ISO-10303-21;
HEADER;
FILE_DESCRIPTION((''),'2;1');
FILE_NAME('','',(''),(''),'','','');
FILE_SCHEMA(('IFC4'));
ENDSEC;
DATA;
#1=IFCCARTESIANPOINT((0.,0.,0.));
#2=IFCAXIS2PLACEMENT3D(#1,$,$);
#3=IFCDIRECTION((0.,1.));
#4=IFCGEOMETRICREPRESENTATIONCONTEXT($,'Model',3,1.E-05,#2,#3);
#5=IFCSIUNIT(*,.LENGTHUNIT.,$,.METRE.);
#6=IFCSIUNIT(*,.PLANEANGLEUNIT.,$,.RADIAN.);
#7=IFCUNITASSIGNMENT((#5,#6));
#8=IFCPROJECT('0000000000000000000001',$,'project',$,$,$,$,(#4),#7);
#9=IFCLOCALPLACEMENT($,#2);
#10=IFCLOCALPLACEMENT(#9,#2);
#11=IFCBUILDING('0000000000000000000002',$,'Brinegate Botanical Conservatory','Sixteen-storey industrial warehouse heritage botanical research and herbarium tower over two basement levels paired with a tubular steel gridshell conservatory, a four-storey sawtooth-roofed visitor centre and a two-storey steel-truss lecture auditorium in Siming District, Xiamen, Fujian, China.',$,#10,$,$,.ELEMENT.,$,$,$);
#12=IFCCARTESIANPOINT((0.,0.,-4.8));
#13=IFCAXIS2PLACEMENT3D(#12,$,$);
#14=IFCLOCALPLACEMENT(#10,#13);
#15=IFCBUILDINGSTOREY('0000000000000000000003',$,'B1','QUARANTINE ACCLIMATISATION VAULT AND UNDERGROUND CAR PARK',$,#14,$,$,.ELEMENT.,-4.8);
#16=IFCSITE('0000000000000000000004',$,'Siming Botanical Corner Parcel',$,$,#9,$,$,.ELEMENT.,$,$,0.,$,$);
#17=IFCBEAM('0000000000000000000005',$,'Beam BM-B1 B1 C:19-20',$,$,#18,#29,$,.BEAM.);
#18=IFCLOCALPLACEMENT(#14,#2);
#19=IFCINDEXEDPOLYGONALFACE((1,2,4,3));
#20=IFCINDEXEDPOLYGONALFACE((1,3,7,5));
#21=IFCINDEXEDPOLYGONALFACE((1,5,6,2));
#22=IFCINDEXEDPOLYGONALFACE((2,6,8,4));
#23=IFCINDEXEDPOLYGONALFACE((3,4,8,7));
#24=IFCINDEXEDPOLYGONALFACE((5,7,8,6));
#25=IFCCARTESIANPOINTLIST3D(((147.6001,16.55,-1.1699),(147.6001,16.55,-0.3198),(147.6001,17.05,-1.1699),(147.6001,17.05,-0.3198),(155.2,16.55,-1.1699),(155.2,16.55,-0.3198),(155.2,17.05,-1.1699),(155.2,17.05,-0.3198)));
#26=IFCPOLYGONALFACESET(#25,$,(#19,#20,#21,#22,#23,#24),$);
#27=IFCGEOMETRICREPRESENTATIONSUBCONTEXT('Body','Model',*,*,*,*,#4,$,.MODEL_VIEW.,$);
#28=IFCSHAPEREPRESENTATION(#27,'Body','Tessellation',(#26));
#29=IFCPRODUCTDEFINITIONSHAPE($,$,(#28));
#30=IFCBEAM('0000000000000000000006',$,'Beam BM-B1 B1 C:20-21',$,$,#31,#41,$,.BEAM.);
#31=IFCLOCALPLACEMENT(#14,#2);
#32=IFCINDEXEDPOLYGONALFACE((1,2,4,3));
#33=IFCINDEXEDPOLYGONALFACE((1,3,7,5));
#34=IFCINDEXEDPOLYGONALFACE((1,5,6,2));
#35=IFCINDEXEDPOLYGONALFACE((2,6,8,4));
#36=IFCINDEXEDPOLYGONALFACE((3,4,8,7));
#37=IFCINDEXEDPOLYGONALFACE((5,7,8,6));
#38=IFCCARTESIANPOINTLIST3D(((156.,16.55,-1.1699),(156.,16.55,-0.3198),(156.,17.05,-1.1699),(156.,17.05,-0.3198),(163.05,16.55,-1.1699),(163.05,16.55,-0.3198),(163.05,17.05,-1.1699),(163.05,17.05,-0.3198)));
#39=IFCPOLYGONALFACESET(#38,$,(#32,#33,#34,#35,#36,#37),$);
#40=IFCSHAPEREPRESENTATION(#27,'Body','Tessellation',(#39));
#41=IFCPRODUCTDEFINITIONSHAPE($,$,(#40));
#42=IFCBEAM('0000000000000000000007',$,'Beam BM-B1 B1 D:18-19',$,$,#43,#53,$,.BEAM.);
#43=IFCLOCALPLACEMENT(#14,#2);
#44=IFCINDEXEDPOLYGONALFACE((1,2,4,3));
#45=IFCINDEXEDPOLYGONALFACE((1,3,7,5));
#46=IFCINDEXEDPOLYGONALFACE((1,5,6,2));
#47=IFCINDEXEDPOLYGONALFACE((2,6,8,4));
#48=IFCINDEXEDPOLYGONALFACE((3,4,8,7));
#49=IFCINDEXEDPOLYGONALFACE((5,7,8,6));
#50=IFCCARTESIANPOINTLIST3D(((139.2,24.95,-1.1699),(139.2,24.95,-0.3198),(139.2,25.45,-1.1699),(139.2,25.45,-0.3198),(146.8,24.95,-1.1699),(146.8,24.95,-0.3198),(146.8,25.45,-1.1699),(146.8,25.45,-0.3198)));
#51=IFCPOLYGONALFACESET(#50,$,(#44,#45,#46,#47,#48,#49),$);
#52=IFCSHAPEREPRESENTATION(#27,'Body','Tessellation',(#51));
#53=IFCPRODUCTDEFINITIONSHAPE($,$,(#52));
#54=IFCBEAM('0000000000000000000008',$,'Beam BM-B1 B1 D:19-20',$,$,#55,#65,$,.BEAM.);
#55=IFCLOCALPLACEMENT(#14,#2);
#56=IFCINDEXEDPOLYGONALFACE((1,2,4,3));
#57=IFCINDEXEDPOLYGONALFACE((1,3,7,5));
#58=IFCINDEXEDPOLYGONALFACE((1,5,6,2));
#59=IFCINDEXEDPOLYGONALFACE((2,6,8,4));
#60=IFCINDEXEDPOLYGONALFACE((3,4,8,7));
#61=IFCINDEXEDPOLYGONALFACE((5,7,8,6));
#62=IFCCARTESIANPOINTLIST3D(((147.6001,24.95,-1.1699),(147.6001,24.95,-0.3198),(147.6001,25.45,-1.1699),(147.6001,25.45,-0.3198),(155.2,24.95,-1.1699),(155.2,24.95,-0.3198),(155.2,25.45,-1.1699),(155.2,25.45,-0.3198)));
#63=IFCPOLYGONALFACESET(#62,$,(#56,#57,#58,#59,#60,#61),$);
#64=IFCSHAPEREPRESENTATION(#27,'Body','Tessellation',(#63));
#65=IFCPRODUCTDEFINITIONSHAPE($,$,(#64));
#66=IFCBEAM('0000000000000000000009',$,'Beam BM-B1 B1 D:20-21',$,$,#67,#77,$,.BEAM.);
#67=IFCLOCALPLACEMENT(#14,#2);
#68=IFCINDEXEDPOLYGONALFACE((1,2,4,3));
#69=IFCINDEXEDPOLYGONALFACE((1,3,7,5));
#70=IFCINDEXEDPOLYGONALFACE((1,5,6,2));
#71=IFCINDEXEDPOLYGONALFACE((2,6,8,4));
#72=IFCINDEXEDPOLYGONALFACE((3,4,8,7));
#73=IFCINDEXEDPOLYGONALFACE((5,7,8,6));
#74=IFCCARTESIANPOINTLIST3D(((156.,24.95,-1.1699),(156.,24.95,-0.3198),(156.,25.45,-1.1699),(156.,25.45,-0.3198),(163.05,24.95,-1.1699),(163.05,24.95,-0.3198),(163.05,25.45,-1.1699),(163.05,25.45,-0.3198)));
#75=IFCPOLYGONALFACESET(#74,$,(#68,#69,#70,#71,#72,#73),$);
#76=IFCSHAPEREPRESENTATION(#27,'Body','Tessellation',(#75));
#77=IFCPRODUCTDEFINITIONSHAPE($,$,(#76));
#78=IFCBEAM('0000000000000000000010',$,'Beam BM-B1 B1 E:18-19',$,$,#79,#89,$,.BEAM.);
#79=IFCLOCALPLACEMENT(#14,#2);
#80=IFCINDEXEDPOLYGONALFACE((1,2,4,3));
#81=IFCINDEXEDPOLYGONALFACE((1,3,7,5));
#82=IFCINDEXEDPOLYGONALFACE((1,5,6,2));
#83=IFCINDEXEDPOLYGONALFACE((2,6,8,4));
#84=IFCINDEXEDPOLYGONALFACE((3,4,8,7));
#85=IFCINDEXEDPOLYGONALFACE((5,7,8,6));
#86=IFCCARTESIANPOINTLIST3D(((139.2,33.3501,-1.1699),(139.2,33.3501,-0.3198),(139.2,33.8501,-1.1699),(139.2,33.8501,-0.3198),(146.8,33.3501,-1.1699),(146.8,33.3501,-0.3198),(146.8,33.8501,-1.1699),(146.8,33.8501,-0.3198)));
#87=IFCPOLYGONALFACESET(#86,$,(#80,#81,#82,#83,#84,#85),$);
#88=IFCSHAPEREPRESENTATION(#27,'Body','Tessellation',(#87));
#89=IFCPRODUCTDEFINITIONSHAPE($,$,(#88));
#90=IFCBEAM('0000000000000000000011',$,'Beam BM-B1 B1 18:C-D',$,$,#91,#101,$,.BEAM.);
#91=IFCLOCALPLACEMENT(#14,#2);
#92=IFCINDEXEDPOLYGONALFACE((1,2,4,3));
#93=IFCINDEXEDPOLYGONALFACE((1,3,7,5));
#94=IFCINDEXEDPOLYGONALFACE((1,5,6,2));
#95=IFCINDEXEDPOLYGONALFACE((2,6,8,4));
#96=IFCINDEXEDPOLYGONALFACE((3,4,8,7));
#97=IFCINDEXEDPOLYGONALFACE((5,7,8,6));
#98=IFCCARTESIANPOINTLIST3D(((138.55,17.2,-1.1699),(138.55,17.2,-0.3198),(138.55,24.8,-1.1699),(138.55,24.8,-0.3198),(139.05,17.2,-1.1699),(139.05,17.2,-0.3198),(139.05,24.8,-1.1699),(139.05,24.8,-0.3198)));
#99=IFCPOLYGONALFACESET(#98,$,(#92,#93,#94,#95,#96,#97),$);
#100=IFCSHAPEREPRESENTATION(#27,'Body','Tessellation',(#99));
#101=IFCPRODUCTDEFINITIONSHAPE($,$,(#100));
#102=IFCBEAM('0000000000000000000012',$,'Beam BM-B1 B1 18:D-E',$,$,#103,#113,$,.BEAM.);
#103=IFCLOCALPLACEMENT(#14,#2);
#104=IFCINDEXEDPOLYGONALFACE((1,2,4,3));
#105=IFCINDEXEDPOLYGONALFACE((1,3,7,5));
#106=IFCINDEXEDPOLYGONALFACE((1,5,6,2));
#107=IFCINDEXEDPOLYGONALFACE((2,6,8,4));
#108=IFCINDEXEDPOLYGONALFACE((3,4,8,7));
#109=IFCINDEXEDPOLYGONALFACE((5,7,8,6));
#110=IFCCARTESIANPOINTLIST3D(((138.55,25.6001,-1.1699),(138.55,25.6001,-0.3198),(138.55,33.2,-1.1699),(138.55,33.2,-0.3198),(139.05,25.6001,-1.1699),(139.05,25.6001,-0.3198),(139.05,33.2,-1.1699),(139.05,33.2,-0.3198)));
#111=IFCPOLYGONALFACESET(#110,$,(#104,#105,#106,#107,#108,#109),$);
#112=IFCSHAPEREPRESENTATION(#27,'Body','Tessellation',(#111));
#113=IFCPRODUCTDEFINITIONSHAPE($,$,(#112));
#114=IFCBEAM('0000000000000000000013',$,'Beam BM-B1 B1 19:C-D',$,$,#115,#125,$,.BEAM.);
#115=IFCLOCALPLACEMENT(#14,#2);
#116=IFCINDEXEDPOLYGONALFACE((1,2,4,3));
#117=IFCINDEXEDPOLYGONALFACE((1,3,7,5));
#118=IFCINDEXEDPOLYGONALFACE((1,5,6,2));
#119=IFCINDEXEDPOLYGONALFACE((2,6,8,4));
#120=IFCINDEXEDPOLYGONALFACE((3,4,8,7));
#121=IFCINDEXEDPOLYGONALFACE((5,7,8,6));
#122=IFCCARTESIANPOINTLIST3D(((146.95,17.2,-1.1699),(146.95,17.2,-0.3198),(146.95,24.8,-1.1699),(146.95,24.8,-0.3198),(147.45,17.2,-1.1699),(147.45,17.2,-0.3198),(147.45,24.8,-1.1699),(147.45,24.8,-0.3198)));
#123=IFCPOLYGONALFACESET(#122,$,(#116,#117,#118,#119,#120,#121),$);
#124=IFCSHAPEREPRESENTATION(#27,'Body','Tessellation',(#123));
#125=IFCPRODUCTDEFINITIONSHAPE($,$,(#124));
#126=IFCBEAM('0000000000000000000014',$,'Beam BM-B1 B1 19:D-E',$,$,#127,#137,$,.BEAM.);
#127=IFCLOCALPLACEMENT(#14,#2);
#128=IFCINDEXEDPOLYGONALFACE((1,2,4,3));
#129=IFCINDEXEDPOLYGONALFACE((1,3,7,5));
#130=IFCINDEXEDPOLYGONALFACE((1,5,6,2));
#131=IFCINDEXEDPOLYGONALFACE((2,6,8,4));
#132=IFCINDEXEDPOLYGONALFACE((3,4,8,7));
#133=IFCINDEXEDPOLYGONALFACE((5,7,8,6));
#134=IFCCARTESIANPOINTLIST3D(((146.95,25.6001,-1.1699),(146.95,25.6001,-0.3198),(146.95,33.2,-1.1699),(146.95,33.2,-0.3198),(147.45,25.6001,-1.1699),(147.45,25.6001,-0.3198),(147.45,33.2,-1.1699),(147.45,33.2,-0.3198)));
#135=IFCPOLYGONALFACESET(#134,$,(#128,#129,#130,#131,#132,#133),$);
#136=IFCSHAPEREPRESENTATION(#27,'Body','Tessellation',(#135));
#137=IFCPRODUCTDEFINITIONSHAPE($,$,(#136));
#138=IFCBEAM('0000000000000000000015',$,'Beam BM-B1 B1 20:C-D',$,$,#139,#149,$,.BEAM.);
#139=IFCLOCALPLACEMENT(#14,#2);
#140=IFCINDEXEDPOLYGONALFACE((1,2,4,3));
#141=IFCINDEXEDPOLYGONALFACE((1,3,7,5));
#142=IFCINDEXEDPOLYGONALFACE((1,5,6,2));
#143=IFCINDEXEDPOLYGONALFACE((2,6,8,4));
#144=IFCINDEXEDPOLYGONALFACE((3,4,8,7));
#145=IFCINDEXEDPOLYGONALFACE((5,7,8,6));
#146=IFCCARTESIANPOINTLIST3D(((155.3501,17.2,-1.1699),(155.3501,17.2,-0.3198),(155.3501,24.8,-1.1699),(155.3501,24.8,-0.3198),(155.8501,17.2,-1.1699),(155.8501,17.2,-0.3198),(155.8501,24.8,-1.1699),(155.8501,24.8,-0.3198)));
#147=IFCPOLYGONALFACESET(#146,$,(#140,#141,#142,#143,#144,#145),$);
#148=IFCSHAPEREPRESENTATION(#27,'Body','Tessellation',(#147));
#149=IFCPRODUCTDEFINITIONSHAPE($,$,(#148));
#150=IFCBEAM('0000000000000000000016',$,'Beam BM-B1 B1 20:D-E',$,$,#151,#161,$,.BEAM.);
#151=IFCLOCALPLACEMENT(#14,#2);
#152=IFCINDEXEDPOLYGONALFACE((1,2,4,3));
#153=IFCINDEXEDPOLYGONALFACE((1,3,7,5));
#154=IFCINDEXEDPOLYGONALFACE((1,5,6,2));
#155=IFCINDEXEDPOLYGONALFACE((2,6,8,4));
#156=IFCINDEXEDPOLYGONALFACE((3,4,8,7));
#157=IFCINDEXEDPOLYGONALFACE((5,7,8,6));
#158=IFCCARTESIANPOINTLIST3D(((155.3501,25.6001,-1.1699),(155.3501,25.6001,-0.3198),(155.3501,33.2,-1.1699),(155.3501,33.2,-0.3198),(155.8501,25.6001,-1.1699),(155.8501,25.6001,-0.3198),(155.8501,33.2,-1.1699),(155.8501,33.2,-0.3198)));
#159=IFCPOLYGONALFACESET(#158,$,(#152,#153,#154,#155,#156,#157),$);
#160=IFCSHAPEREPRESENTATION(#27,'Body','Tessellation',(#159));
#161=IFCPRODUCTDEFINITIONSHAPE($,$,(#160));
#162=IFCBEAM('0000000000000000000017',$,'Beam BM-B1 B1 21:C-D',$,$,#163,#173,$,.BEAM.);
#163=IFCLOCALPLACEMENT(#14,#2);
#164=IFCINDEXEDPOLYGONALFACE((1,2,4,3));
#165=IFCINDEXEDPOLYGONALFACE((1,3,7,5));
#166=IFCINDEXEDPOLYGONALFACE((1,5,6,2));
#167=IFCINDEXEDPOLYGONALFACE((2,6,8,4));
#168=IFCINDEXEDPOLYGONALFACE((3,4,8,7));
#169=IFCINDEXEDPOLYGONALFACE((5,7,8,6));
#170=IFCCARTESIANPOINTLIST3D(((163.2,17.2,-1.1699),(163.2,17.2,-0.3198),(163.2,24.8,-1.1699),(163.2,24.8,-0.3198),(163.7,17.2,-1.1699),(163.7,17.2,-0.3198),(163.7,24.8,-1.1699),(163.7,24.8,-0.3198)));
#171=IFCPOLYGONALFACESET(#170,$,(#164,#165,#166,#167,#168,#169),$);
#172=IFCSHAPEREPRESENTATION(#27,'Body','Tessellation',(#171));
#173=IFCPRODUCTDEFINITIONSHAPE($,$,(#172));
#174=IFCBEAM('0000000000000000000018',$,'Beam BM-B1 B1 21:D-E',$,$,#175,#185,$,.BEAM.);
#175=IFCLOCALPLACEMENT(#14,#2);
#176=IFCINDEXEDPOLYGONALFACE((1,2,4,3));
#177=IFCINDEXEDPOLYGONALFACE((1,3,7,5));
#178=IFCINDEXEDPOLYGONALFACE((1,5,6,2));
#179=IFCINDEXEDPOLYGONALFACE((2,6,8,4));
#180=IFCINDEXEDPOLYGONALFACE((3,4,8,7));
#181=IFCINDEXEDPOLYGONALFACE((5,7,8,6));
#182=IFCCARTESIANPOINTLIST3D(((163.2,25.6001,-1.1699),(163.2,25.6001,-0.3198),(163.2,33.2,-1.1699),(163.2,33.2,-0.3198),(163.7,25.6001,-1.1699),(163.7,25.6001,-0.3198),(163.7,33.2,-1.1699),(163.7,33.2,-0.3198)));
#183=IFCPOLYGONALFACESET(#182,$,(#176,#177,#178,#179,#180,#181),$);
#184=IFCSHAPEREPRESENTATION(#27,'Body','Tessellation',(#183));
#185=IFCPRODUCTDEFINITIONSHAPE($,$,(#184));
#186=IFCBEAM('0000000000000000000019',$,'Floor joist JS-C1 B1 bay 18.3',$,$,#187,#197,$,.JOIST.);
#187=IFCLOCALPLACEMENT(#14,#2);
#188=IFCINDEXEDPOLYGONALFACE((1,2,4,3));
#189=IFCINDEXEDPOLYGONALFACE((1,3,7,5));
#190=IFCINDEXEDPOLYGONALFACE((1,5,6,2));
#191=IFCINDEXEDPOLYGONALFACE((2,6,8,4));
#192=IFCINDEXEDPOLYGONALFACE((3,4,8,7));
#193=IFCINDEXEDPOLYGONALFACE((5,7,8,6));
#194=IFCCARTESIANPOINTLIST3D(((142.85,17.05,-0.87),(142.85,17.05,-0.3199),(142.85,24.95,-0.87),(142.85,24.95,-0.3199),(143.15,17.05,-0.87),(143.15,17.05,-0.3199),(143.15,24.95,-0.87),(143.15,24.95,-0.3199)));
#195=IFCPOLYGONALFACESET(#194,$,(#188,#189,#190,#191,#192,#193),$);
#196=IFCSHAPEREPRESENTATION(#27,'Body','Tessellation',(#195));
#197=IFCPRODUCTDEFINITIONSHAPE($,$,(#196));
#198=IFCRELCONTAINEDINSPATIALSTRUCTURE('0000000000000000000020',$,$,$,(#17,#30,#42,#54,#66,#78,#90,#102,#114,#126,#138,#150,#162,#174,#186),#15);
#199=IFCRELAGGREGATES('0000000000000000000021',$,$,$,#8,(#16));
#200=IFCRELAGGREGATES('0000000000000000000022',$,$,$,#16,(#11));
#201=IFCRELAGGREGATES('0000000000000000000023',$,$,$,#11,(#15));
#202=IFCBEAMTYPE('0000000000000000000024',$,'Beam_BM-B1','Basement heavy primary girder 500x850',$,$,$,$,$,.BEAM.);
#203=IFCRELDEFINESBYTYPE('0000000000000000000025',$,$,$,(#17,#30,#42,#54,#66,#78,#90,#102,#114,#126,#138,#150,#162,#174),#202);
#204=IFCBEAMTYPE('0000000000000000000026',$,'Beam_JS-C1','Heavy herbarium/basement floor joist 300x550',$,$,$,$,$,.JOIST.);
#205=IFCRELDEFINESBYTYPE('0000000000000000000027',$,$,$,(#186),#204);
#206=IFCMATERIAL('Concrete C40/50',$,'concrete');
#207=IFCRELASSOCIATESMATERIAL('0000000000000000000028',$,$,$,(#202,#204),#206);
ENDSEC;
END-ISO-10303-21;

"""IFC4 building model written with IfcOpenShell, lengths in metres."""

from ifc_helpers import new_model, si_unit, direction, frame, origin, origin_2d, place, context, subcontext, project, spatial, rectangle, extrude, material, material_profile, profile_set, type_object, element, save


model = new_model("IFC4")

# Units and contexts
model_context = context("Model", 3, precision=1e-05, world=origin(), true_north=direction((0.0, 1.0)))
body_context = subcontext(model_context, "Body", "Model", "MODEL_VIEW")
ifc_project = project(units=[si_unit("LENGTHUNIT", "METRE"), si_unit("PLANEANGLEUNIT", "RADIAN")], contexts=[model_context])

# Site, building, storey
site_placement = place(None, origin())
site = spatial("IfcSite", under=ifc_project, at=site_placement, Name="Siming Botanical Corner Parcel", CompositionType="ELEMENT", RefElevation=0.0)
building_placement = place(site_placement, origin())
building = spatial("IfcBuilding", under=site, at=building_placement, Name="Brinegate Botanical Conservatory", Description="Sixteen-storey industrial warehouse heritage botanical research and herbarium tower over two basement levels paired with a tubular steel gridshell conservatory, a four-storey sawtooth-roofed visitor centre and a two-storey steel-truss lecture auditorium in Siming District, Xiamen, Fujian, China.", CompositionType="ELEMENT")
storey_placement = place(building_placement, frame((0.0, 0.0, -4.8)))
storey = spatial("IfcBuildingStorey", under=building, at=storey_placement, Name="B1", Description="QUARANTINE ACCLIMATISATION VAULT AND UNDERGROUND CAR PARK", CompositionType="ELEMENT", Elevation=-4.8)

# Shared definitions
ifc_material_1 = material(Name="Concrete C40/50", Category="concrete")

# Beams
ifc_material_profile_1 = material_profile(ifc_material_1, rectangle(XDim=0.5, YDim=0.8501, at=origin_2d()), Name="RC BM 500x850")
ifc_profile_set_1 = profile_set([ifc_material_profile_1], Name="Concrete C40/50")
beam_type_1 = type_object("IfcBeamType", Name="Beam_BM-B1", Description="Basement heavy primary girder 500x850", PredefinedType="BEAM", material=ifc_profile_set_1)
beam_1_placement = place(storey_placement, frame((147.6001, 16.8, -0.7449), z_axis=(1.0, 0.0, 0.0), x_axis=(0.0, 1.0, 0.0)))
element("IfcBeam", 1, at=beam_1_placement, inside=storey, type_object=beam_type_1, Name="Beam BM-B1 B1 C:19-20", PredefinedType="BEAM", context=body_context, shape_type="SweptSolid", body=[
    extrude(rectangle(XDim=0.5, YDim=0.8501, at=origin_2d()), origin(), (0.0, 0.0, 1.0), 7.5999),
])
beam_2_placement = place(storey_placement, frame((156.0, 16.8, -0.7449), z_axis=(1.0, 0.0, 0.0), x_axis=(0.0, 1.0, 0.0)))
element("IfcBeam", 2, at=beam_2_placement, inside=storey, type_object=beam_type_1, Name="Beam BM-B1 B1 C:20-21", PredefinedType="BEAM", context=body_context, shape_type="SweptSolid", body=[
    extrude(rectangle(XDim=0.5, YDim=0.8501, at=origin_2d()), origin(), (0.0, 0.0, 1.0), 7.05),
])
beam_3_placement = place(storey_placement, frame((139.2, 25.2, -0.7449), z_axis=(1.0, 0.0, 0.0), x_axis=(0.0, 1.0, 0.0)))
element("IfcBeam", 3, at=beam_3_placement, inside=storey, type_object=beam_type_1, Name="Beam BM-B1 B1 D:18-19", PredefinedType="BEAM", context=body_context, shape_type="SweptSolid", body=[
    extrude(rectangle(XDim=0.5, YDim=0.8501, at=origin_2d()), origin(), (0.0, 0.0, 1.0), 7.6001),
])
beam_4_placement = place(storey_placement, frame((147.6001, 25.2, -0.7449), z_axis=(1.0, 0.0, 0.0), x_axis=(0.0, 1.0, 0.0)))
element("IfcBeam", 4, at=beam_4_placement, inside=storey, type_object=beam_type_1, Name="Beam BM-B1 B1 D:19-20", PredefinedType="BEAM", context=body_context, shape_type="SweptSolid", body=[
    extrude(rectangle(XDim=0.5, YDim=0.8501, at=origin_2d()), origin(), (0.0, 0.0, 1.0), 7.5999),
])
beam_5_placement = place(storey_placement, frame((156.0, 25.2, -0.7449), z_axis=(1.0, 0.0, 0.0), x_axis=(0.0, 1.0, 0.0)))
element("IfcBeam", 5, at=beam_5_placement, inside=storey, type_object=beam_type_1, Name="Beam BM-B1 B1 D:20-21", PredefinedType="BEAM", context=body_context, shape_type="SweptSolid", body=[
    extrude(rectangle(XDim=0.5, YDim=0.8501, at=origin_2d()), origin(), (0.0, 0.0, 1.0), 7.05),
])
for number, where, z_axis, x_axis, name in (
    (6, (139.2, 33.6001, -0.7449), (1.0, 0.0, 0.0), (0.0, 1.0, 0.0), "Beam BM-B1 B1 E:18-19"),
    (7, (138.8, 17.2, -0.7449), (0.0, 1.0, 0.0), (-1.0, 0.0, 0.0), "Beam BM-B1 B1 18:C-D"),
):
    element("IfcBeam", number, at=place(storey_placement, frame(where, z_axis=z_axis, x_axis=x_axis)), inside=storey, type_object=beam_type_1, Name=name, PredefinedType="BEAM", context=body_context, shape_type="SweptSolid", body=[
        extrude(rectangle(XDim=0.5, YDim=0.8501, at=origin_2d()), origin(), (0.0, 0.0, 1.0), 7.6001),
    ])
beam_6_placement = place(storey_placement, frame((138.8, 25.6001, -0.7449), z_axis=(0.0, 1.0, 0.0), x_axis=(-1.0, 0.0, 0.0)))
element("IfcBeam", 8, at=beam_6_placement, inside=storey, type_object=beam_type_1, Name="Beam BM-B1 B1 18:D-E", PredefinedType="BEAM", context=body_context, shape_type="SweptSolid", body=[
    extrude(rectangle(XDim=0.5, YDim=0.8501, at=origin_2d()), origin(), (0.0, 0.0, 1.0), 7.5999),
])
beam_7_placement = place(storey_placement, frame((147.2, 17.2, -0.7449), z_axis=(0.0, 1.0, 0.0), x_axis=(-1.0, 0.0, 0.0)))
element("IfcBeam", 9, at=beam_7_placement, inside=storey, type_object=beam_type_1, Name="Beam BM-B1 B1 19:C-D", PredefinedType="BEAM", context=body_context, shape_type="SweptSolid", body=[
    extrude(rectangle(XDim=0.5, YDim=0.8501, at=origin_2d()), origin(), (0.0, 0.0, 1.0), 7.6001),
])
beam_8_placement = place(storey_placement, frame((147.2, 25.6001, -0.7449), z_axis=(0.0, 1.0, 0.0), x_axis=(-1.0, 0.0, 0.0)))
element("IfcBeam", 10, at=beam_8_placement, inside=storey, type_object=beam_type_1, Name="Beam BM-B1 B1 19:D-E", PredefinedType="BEAM", context=body_context, shape_type="SweptSolid", body=[
    extrude(rectangle(XDim=0.5, YDim=0.8501, at=origin_2d()), origin(), (0.0, 0.0, 1.0), 7.5999),
])
beam_9_placement = place(storey_placement, frame((155.6001, 17.2, -0.7449), z_axis=(0.0, 1.0, 0.0), x_axis=(-1.0, 0.0, 0.0)))
element("IfcBeam", 11, at=beam_9_placement, inside=storey, type_object=beam_type_1, Name="Beam BM-B1 B1 20:C-D", PredefinedType="BEAM", context=body_context, shape_type="SweptSolid", body=[
    extrude(rectangle(XDim=0.5, YDim=0.8501, at=origin_2d()), origin(), (0.0, 0.0, 1.0), 7.6001),
])
beam_10_placement = place(storey_placement, frame((155.6001, 25.6001, -0.7449), z_axis=(0.0, 1.0, 0.0), x_axis=(-1.0, 0.0, 0.0)))
element("IfcBeam", 12, at=beam_10_placement, inside=storey, type_object=beam_type_1, Name="Beam BM-B1 B1 20:D-E", PredefinedType="BEAM", context=body_context, shape_type="SweptSolid", body=[
    extrude(rectangle(XDim=0.5, YDim=0.8501, at=origin_2d()), origin(), (0.0, 0.0, 1.0), 7.5999),
])
beam_11_placement = place(storey_placement, frame((163.45, 17.2, -0.7449), z_axis=(0.0, 1.0, 0.0), x_axis=(-1.0, 0.0, 0.0)))
element("IfcBeam", 13, at=beam_11_placement, inside=storey, type_object=beam_type_1, Name="Beam BM-B1 B1 21:C-D", PredefinedType="BEAM", context=body_context, shape_type="SweptSolid", body=[
    extrude(rectangle(XDim=0.5, YDim=0.8501, at=origin_2d()), origin(), (0.0, 0.0, 1.0), 7.6001),
])
beam_12_placement = place(storey_placement, frame((163.45, 25.6001, -0.7449), z_axis=(0.0, 1.0, 0.0), x_axis=(-1.0, 0.0, 0.0)))
element("IfcBeam", 14, at=beam_12_placement, inside=storey, type_object=beam_type_1, Name="Beam BM-B1 B1 21:D-E", PredefinedType="BEAM", context=body_context, shape_type="SweptSolid", body=[
    extrude(rectangle(XDim=0.5, YDim=0.8501, at=origin_2d()), origin(), (0.0, 0.0, 1.0), 7.5999),
])
ifc_material_profile_2 = material_profile(ifc_material_1, rectangle(XDim=0.3, YDim=0.55, at=origin_2d()), Name="RC JST 300x550")
ifc_profile_set_2 = profile_set([ifc_material_profile_2], Name="Concrete C40/50")
beam_type_2 = type_object("IfcBeamType", Name="Beam_JS-C1", Description="Heavy herbarium/basement floor joist 300x550", PredefinedType="JOIST", material=ifc_profile_set_2)
beam_13_placement = place(storey_placement, frame((143.0, 17.05, -0.595), z_axis=(0.0, 1.0, 0.0), x_axis=(-1.0, 0.0, 0.0)))
element("IfcBeam", 15, at=beam_13_placement, inside=storey, type_object=beam_type_2, Name="Floor joist JS-C1 B1 bay 18.3", PredefinedType="JOIST", context=body_context, shape_type="SweptSolid", body=[
    extrude(rectangle(XDim=0.3, YDim=0.55, at=origin_2d()), origin(), (0.0, 0.0, 1.0), 7.8999),
])

save(model, "model.ifc")
